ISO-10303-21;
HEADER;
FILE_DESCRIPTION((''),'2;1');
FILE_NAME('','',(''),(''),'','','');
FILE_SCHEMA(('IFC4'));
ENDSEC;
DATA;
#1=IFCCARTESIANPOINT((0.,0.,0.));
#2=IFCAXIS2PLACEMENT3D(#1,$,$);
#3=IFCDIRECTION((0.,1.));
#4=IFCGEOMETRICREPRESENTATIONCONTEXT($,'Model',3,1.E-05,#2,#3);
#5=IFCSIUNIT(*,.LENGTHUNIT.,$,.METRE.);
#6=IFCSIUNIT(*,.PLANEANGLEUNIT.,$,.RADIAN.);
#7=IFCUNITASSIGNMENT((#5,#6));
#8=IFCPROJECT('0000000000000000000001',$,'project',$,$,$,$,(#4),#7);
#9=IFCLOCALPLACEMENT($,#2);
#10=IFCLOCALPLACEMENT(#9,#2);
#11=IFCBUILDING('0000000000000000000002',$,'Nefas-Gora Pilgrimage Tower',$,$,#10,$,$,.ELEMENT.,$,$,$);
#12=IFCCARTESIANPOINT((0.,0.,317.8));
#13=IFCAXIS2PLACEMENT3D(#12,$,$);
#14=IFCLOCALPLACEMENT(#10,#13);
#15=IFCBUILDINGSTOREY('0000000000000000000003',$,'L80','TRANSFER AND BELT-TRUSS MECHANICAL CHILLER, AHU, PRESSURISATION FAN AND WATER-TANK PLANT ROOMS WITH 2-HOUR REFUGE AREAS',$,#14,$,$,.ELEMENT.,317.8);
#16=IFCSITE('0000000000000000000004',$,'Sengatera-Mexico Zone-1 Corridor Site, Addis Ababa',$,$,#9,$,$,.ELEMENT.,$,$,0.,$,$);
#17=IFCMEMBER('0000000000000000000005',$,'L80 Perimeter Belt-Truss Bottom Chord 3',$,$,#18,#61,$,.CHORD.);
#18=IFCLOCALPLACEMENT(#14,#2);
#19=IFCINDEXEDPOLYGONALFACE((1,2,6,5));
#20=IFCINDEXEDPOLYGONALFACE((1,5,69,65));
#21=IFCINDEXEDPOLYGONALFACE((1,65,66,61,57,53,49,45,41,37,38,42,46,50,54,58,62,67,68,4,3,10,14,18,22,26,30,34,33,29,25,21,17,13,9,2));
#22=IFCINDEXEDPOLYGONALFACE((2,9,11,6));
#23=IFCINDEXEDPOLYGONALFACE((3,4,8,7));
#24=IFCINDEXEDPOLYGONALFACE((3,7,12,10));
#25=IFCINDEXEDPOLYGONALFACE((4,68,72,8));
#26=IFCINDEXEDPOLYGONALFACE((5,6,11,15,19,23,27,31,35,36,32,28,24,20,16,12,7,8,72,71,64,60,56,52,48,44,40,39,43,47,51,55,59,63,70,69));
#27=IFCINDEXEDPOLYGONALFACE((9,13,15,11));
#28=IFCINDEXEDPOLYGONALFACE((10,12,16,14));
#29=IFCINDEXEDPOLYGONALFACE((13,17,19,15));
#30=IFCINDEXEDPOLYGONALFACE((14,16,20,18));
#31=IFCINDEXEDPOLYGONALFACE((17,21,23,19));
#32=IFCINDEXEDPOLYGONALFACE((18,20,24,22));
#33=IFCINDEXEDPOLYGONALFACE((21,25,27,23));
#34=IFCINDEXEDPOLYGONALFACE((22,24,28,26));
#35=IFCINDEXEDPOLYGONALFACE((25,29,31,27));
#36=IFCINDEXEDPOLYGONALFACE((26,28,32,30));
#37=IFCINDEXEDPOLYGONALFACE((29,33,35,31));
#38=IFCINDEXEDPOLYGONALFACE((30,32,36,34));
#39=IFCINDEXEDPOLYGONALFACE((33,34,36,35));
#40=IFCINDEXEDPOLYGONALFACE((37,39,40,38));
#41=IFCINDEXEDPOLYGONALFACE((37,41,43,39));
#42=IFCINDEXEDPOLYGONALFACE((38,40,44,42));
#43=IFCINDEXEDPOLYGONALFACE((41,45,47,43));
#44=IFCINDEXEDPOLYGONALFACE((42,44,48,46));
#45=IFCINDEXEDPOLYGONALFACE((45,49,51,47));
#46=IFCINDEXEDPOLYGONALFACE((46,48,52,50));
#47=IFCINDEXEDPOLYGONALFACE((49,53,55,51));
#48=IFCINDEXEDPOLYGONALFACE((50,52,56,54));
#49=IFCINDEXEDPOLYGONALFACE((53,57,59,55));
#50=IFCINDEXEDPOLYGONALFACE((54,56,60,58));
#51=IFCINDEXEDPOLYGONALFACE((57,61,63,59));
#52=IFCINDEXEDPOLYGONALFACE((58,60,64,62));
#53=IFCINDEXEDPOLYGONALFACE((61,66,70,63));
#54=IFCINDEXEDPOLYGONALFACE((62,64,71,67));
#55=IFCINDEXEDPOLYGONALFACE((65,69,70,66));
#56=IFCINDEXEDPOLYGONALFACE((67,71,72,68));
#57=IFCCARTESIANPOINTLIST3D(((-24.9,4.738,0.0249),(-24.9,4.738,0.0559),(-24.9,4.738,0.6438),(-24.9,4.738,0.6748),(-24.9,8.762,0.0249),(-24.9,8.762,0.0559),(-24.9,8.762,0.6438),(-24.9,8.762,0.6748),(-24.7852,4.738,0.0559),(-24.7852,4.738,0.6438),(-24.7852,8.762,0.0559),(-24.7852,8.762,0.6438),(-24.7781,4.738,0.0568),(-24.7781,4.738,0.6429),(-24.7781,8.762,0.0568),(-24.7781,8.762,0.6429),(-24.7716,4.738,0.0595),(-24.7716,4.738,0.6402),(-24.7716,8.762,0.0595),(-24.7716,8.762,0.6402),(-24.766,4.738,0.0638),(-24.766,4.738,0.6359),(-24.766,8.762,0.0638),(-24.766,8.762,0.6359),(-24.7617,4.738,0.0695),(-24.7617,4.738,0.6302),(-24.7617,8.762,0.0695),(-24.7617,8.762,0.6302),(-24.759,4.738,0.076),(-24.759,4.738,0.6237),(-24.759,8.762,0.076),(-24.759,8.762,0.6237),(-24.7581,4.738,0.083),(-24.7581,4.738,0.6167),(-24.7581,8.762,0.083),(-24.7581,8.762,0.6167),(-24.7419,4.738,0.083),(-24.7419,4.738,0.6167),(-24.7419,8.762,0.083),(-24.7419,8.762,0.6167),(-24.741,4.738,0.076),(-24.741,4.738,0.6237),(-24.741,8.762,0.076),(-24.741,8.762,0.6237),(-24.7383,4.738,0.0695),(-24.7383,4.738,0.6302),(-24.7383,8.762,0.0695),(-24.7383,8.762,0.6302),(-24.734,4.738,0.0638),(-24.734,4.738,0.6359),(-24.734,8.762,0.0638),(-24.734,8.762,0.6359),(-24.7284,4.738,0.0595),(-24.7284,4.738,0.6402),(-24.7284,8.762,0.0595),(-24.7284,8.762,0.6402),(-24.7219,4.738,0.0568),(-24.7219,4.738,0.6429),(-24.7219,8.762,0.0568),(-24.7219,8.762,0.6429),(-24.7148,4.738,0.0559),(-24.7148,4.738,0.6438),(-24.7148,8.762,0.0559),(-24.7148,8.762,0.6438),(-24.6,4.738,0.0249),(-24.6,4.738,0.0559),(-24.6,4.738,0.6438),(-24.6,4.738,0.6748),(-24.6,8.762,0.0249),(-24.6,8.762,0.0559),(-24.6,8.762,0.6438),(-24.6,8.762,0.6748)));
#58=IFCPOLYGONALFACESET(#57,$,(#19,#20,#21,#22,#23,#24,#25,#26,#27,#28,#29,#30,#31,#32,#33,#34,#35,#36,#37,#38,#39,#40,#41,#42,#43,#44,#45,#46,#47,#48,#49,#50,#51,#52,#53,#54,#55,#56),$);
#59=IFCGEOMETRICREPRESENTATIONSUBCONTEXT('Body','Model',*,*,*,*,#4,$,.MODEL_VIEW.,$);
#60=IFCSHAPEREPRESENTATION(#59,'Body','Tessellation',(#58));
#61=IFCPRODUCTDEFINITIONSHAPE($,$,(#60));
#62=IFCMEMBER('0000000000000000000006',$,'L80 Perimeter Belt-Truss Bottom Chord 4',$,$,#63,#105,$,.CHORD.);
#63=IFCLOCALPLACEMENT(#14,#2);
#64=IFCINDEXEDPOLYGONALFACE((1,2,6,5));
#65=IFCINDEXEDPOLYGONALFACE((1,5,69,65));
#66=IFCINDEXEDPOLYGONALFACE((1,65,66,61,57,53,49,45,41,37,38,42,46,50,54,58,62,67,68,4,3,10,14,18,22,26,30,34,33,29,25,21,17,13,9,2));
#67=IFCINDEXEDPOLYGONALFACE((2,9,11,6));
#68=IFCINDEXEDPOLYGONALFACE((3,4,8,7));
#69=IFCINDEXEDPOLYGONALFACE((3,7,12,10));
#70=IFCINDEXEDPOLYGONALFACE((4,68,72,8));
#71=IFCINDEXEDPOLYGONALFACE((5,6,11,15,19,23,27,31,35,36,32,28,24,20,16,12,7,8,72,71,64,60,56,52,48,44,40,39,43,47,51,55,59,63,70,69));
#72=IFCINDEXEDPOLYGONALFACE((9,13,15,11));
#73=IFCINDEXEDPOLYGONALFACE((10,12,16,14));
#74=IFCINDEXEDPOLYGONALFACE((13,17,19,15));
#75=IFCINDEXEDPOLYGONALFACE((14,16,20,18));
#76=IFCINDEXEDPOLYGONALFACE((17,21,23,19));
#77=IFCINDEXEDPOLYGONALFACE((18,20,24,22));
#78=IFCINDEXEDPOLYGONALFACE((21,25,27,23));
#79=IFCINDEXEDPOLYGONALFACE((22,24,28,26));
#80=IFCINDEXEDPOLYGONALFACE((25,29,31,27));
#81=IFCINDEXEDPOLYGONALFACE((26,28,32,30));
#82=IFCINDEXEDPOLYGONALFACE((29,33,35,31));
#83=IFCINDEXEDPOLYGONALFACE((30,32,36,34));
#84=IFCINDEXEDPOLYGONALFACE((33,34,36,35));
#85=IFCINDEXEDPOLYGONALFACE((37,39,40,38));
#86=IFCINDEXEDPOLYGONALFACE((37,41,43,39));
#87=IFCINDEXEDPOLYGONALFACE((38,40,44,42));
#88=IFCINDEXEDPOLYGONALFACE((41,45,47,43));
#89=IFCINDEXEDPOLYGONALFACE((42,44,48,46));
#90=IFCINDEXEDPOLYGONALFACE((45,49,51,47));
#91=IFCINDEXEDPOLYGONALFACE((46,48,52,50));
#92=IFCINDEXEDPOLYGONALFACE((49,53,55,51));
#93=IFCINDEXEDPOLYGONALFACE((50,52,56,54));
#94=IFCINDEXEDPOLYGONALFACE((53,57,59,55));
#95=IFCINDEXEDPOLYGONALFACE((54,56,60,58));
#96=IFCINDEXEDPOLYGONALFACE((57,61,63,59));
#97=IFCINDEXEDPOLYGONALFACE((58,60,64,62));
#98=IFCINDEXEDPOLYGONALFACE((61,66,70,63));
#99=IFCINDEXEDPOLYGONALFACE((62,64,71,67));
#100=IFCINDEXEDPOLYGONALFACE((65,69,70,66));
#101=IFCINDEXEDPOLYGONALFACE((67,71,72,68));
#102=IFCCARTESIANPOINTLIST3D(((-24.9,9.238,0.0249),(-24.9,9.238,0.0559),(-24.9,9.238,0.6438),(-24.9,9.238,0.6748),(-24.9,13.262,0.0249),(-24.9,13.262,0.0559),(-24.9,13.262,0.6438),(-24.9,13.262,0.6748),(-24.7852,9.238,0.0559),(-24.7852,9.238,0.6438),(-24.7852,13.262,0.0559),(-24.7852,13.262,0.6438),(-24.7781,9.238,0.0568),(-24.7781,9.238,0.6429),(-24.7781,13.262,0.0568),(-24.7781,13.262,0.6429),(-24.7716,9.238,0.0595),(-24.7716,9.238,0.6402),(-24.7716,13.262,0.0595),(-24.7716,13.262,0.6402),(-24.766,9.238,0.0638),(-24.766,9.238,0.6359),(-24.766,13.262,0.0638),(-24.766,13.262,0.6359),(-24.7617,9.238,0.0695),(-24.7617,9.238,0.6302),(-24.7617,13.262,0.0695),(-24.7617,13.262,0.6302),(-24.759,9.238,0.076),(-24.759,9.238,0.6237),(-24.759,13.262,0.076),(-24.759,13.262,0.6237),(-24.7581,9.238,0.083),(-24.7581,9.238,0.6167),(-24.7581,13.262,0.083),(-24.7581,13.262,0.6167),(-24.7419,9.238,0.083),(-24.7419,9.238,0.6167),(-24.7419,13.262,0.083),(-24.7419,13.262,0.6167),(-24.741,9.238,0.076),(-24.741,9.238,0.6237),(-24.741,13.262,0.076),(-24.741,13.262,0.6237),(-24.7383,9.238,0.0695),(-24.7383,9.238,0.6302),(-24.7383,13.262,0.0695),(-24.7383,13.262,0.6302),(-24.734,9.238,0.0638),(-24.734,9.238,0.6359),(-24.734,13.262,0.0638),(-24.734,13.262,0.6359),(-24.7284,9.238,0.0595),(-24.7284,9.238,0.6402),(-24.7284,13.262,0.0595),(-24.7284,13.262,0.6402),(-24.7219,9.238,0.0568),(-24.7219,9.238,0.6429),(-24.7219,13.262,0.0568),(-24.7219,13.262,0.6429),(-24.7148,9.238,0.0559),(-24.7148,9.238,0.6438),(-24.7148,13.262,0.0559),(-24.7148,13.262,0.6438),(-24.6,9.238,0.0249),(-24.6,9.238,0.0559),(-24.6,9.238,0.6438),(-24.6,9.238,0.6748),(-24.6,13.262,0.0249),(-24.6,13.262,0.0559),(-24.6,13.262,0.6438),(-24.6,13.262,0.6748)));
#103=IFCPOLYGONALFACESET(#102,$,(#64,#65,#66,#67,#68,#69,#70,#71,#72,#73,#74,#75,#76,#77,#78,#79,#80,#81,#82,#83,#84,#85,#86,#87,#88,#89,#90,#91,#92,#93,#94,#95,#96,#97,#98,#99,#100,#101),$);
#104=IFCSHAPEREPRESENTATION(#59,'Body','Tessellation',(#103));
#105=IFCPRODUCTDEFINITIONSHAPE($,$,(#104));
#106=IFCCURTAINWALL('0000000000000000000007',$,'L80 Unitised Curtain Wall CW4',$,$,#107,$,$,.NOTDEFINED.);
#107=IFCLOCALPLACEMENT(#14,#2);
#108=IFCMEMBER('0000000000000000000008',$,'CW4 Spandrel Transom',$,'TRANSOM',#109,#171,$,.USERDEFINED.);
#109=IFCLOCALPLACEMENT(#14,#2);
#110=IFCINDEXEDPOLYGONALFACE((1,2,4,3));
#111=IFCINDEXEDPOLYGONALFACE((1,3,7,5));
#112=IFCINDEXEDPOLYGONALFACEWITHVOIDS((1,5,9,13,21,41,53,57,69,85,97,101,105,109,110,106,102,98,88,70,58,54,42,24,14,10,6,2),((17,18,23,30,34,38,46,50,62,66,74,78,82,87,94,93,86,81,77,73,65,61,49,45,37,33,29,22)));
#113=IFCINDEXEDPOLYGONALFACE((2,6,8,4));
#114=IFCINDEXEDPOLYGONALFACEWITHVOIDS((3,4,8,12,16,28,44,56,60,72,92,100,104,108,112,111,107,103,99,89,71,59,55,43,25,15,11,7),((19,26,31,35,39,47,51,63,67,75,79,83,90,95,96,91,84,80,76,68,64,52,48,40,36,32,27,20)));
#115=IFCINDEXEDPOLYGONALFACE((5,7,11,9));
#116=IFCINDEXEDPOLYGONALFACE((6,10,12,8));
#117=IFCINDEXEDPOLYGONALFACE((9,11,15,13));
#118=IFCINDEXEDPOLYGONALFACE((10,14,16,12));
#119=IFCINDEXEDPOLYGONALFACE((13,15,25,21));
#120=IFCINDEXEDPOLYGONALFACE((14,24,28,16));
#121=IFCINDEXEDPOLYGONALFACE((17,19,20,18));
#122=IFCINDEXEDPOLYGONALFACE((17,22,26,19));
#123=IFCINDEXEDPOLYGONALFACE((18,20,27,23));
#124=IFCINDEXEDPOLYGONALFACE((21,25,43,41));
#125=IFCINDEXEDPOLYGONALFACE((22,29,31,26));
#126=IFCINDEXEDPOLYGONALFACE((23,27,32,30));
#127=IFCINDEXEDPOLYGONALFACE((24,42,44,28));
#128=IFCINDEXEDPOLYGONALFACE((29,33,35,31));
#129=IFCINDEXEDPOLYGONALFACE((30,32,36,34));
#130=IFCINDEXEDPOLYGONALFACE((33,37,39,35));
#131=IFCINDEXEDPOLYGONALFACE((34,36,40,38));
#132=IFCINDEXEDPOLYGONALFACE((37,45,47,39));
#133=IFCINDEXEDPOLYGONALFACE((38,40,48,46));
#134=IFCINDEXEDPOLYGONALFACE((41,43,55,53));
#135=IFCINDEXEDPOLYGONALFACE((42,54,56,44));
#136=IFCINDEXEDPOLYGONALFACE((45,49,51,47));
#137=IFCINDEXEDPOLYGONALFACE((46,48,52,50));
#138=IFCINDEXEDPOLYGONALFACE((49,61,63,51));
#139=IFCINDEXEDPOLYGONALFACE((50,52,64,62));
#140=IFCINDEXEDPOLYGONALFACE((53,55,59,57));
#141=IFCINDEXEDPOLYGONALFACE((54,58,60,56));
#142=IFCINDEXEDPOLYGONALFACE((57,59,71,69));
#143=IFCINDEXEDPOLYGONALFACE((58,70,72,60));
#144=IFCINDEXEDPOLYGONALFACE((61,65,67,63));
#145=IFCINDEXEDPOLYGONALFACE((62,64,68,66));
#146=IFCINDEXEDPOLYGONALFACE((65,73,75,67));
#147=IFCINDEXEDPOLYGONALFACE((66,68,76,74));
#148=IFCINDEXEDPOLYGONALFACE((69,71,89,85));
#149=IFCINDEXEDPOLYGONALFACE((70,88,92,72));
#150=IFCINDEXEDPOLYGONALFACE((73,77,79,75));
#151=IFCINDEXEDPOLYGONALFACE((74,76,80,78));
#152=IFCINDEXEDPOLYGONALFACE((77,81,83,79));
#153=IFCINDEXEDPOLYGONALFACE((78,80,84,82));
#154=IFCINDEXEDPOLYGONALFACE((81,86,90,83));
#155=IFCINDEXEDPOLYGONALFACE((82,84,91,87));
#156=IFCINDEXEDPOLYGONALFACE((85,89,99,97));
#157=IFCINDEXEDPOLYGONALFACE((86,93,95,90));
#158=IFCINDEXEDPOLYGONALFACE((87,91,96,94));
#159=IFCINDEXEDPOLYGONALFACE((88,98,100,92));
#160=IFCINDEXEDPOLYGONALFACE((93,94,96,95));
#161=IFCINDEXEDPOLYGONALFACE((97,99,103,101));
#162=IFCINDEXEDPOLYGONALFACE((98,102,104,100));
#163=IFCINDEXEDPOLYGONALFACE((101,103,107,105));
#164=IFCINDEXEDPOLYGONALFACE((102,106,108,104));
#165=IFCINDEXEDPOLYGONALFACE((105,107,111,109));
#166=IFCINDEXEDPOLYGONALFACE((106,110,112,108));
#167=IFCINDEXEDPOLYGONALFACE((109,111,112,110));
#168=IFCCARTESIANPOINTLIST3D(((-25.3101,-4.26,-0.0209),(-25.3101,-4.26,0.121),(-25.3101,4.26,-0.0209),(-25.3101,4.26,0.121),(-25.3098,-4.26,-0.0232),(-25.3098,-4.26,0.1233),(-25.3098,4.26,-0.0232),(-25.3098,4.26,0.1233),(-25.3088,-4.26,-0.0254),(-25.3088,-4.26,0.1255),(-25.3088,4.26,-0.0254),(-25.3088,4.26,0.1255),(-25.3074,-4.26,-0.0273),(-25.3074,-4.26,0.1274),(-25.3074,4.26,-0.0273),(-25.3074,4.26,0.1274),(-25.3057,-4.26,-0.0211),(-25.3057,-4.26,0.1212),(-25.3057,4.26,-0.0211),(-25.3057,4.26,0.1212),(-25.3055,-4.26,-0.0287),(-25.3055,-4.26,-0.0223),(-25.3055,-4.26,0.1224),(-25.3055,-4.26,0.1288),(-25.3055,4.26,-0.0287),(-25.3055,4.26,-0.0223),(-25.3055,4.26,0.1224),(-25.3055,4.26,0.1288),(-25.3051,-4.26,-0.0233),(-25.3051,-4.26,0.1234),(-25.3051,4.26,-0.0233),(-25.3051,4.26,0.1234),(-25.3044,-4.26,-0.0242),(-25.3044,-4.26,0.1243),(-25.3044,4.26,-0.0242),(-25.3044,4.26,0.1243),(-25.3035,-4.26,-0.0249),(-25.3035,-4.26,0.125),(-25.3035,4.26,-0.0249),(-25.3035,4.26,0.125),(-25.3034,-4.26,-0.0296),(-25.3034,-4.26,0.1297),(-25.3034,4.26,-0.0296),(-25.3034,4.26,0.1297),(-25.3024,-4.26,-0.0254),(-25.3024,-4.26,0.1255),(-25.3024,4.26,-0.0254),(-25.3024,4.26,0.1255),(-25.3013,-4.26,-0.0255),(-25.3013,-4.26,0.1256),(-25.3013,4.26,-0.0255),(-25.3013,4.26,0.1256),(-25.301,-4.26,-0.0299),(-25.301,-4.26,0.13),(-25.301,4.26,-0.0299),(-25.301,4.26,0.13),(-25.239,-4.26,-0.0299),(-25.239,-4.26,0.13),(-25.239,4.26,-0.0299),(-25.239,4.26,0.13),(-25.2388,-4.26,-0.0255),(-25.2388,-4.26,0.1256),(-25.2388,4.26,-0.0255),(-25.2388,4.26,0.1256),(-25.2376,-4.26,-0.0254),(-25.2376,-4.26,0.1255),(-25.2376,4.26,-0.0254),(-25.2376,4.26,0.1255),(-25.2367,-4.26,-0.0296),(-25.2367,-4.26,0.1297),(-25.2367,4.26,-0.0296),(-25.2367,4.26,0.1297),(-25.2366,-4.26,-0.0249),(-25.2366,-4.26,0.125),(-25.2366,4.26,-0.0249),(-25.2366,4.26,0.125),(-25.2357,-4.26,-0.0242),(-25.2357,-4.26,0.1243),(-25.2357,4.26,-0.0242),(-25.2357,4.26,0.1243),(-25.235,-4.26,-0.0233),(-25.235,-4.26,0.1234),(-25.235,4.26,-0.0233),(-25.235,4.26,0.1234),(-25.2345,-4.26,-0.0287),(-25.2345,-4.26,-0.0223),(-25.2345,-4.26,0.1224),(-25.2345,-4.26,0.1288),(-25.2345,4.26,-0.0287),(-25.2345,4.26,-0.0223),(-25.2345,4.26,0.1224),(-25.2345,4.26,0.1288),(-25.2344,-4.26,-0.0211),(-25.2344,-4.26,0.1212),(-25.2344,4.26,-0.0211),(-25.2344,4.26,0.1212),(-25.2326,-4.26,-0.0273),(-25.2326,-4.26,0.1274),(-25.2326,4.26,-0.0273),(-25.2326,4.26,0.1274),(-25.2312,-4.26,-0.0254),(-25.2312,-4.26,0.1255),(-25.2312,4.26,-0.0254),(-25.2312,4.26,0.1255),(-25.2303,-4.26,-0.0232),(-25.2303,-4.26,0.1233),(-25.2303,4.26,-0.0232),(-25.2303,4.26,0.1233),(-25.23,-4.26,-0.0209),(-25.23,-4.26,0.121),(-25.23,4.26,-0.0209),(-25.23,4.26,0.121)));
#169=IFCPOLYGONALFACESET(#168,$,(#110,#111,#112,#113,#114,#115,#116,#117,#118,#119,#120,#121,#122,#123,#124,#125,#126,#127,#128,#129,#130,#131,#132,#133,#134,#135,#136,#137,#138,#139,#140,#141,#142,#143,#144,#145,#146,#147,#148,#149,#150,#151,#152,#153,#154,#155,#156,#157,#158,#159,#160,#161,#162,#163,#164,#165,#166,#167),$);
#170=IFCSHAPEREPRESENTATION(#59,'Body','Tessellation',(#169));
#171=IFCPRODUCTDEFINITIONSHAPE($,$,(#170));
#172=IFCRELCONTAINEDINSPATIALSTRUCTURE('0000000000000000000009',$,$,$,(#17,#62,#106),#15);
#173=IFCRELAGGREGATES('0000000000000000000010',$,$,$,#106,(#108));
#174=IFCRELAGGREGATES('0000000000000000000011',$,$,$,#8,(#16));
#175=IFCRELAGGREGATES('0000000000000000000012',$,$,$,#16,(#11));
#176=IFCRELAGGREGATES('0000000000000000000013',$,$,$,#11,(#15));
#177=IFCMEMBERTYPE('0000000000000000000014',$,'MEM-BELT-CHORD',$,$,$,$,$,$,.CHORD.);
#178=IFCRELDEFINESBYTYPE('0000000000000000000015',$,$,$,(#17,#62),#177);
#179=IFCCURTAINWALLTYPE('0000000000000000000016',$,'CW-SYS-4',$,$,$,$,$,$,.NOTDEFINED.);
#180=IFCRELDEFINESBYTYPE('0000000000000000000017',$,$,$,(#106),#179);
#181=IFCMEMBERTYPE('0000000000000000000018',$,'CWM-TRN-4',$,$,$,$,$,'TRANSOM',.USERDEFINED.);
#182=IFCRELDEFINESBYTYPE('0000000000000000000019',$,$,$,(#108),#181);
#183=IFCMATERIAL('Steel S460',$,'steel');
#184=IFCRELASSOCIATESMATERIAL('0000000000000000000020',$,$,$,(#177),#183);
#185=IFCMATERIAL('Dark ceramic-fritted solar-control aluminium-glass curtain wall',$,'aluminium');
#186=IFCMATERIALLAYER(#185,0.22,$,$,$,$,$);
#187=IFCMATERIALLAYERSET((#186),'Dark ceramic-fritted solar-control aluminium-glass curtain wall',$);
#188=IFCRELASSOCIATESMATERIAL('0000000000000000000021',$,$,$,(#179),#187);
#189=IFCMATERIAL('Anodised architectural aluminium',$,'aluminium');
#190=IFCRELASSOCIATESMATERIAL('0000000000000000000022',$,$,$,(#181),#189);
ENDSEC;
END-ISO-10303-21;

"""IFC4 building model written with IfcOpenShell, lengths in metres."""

from ifc_helpers import new_model, si_unit, direction, frame, origin, origin_2d, place, context, subcontext, project, spatial, hollow_rectangle, i_section, extrude, source, transform, mapped, material, layer, layer_set, material_profile, profile_set, type_object, element, aggregate, save


model = new_model("IFC4")

# Units and contexts
model_context = context("Model", 3, precision=1e-05, world=origin(), true_north=direction((0.0, 1.0)))
body_context = subcontext(model_context, "Body", "Model", "MODEL_VIEW")
ifc_project = project(units=[si_unit("LENGTHUNIT", "METRE"), si_unit("PLANEANGLEUNIT", "RADIAN")], contexts=[model_context])

# Site, building, storey
site_placement = place(None, origin())
site = spatial("IfcSite", under=ifc_project, at=site_placement, Name="Sengatera-Mexico Zone-1 Corridor Site, Addis Ababa", CompositionType="ELEMENT", RefElevation=0.0)
building_placement = place(site_placement, origin())
building = spatial("IfcBuilding", under=site, at=building_placement, Name="Nefas-Gora Pilgrimage Tower", CompositionType="ELEMENT")
storey_placement = place(building_placement, frame((0.0, 0.0, 317.8)))
storey = spatial("IfcBuildingStorey", under=building, at=storey_placement, Name="L80", Description="TRANSFER AND BELT-TRUSS MECHANICAL CHILLER, AHU, PRESSURISATION FAN AND WATER-TANK PLANT ROOMS WITH 2-HOUR REFUGE AREAS", CompositionType="ELEMENT", Elevation=317.8)

# Members
ifc_material_1 = material(Name="Steel S460", Category="steel")
ifc_material_profile_1 = material_profile(ifc_material_1, i_section(OverallWidth=0.3, OverallDepth=0.6499, WebThickness=0.0161, FlangeThickness=0.031, FilletRadius=0.0271, at=origin_2d()), Name="HEB 650")
ifc_profile_set_1 = profile_set([ifc_material_profile_1], Name="Steel S460")
member_type_1 = type_object("IfcMemberType", Name="MEM-BELT-CHORD", PredefinedType="CHORD", material=ifc_profile_set_1)
shared_shape_1 = source(origin(), body_context, "Body", "SweptSolid", [
    extrude(i_section(OverallWidth=0.3, OverallDepth=0.6499, WebThickness=0.0161, FlangeThickness=0.031, FilletRadius=0.0271, at=origin_2d()), origin(), (0.0, 0.0, 1.0), 4.0239),
])
for number, where, z_axis, x_axis, name in (
    (1, (-24.75, 4.738, 0.3499), (0.0, 1.0, 0.0), (-1.0, 0.0, 0.0), "L80 Perimeter Belt-Truss Bottom Chord 3"),
    (2, (-24.75, 9.238, 0.3499), (0.0, 1.0, 0.0), (-1.0, 0.0, 0.0), "L80 Perimeter Belt-Truss Bottom Chord 4"),
):
    element("IfcMember", number, at=place(storey_placement, frame(where, z_axis=z_axis, x_axis=x_axis)), inside=storey, type_object=member_type_1, Name=name, PredefinedType="CHORD", context=body_context, shape_type="MappedRepresentation", body=[
        mapped(shared_shape_1, transform((0.0, 0.0, 0.0), x_axis=(1.0, 0.0, 0.0), y_axis=(0.0, 1.0, 0.0), z_axis=(0.0, 0.0, 1.0), scale=1.0)),
    ])

# Curtain wall, member
ifc_material_2 = material(Name="Dark ceramic-fritted solar-control aluminium-glass curtain wall", Category="aluminium")
ifc_layer_1 = layer(ifc_material_2, 0.22)
ifc_layer_set_1 = layer_set([ifc_layer_1], Name="Dark ceramic-fritted solar-control aluminium-glass curtain wall")
curtain_wall_type = type_object("IfcCurtainWallType", Name="CW-SYS-4", PredefinedType="NOTDEFINED", material=ifc_layer_set_1)
curtain_wall_placement = place(storey_placement, origin())
curtain_wall = element("IfcCurtainWall", 3, at=curtain_wall_placement, inside=storey, type_object=curtain_wall_type, Name="L80 Unitised Curtain Wall CW4", PredefinedType="NOTDEFINED")
ifc_material_3 = material(Name="Anodised architectural aluminium", Category="aluminium")
ifc_material_profile_2 = material_profile(ifc_material_3, hollow_rectangle(XDim=0.0801, YDim=0.1599, WallThickness=0.0044, InnerFilletRadius=0.0044, OuterFilletRadius=0.009, at=origin_2d()), Name="ALU TRANSOM 80x160")
ifc_profile_set_2 = profile_set([ifc_material_profile_2], Name="Anodised architectural aluminium")
member_type_2 = type_object("IfcMemberType", Name="CWM-TRN-4", ElementType="TRANSOM", PredefinedType="USERDEFINED", material=ifc_profile_set_2)
shared_shape_2 = source(origin(), body_context, "Body", "SweptSolid", [
    extrude(hollow_rectangle(XDim=0.0801, YDim=0.1599, WallThickness=0.0044, InnerFilletRadius=0.0044, OuterFilletRadius=0.009, at=origin_2d()), origin(), (0.0, 0.0, 1.0), 8.52),
])
member_1_placement = place(storey_placement, frame((-25.27, 4.26, 0.05), z_axis=(0.0, -1.0, 0.0), x_axis=(1.0, 0.0, 0.0)))
member_1 = element("IfcMember", 4, at=member_1_placement, type_object=member_type_2, Name="CW4 Spandrel Transom", ObjectType="TRANSOM", PredefinedType="USERDEFINED", context=body_context, shape_type="MappedRepresentation", body=[
    mapped(shared_shape_2, transform((0.0, 0.0, 0.0), x_axis=(1.0, 0.0, 0.0), y_axis=(0.0, 1.0, 0.0), z_axis=(0.0, 0.0, 1.0), scale=1.0)),
])
aggregate(curtain_wall, [member_1])

save(model, "model.ifc")
